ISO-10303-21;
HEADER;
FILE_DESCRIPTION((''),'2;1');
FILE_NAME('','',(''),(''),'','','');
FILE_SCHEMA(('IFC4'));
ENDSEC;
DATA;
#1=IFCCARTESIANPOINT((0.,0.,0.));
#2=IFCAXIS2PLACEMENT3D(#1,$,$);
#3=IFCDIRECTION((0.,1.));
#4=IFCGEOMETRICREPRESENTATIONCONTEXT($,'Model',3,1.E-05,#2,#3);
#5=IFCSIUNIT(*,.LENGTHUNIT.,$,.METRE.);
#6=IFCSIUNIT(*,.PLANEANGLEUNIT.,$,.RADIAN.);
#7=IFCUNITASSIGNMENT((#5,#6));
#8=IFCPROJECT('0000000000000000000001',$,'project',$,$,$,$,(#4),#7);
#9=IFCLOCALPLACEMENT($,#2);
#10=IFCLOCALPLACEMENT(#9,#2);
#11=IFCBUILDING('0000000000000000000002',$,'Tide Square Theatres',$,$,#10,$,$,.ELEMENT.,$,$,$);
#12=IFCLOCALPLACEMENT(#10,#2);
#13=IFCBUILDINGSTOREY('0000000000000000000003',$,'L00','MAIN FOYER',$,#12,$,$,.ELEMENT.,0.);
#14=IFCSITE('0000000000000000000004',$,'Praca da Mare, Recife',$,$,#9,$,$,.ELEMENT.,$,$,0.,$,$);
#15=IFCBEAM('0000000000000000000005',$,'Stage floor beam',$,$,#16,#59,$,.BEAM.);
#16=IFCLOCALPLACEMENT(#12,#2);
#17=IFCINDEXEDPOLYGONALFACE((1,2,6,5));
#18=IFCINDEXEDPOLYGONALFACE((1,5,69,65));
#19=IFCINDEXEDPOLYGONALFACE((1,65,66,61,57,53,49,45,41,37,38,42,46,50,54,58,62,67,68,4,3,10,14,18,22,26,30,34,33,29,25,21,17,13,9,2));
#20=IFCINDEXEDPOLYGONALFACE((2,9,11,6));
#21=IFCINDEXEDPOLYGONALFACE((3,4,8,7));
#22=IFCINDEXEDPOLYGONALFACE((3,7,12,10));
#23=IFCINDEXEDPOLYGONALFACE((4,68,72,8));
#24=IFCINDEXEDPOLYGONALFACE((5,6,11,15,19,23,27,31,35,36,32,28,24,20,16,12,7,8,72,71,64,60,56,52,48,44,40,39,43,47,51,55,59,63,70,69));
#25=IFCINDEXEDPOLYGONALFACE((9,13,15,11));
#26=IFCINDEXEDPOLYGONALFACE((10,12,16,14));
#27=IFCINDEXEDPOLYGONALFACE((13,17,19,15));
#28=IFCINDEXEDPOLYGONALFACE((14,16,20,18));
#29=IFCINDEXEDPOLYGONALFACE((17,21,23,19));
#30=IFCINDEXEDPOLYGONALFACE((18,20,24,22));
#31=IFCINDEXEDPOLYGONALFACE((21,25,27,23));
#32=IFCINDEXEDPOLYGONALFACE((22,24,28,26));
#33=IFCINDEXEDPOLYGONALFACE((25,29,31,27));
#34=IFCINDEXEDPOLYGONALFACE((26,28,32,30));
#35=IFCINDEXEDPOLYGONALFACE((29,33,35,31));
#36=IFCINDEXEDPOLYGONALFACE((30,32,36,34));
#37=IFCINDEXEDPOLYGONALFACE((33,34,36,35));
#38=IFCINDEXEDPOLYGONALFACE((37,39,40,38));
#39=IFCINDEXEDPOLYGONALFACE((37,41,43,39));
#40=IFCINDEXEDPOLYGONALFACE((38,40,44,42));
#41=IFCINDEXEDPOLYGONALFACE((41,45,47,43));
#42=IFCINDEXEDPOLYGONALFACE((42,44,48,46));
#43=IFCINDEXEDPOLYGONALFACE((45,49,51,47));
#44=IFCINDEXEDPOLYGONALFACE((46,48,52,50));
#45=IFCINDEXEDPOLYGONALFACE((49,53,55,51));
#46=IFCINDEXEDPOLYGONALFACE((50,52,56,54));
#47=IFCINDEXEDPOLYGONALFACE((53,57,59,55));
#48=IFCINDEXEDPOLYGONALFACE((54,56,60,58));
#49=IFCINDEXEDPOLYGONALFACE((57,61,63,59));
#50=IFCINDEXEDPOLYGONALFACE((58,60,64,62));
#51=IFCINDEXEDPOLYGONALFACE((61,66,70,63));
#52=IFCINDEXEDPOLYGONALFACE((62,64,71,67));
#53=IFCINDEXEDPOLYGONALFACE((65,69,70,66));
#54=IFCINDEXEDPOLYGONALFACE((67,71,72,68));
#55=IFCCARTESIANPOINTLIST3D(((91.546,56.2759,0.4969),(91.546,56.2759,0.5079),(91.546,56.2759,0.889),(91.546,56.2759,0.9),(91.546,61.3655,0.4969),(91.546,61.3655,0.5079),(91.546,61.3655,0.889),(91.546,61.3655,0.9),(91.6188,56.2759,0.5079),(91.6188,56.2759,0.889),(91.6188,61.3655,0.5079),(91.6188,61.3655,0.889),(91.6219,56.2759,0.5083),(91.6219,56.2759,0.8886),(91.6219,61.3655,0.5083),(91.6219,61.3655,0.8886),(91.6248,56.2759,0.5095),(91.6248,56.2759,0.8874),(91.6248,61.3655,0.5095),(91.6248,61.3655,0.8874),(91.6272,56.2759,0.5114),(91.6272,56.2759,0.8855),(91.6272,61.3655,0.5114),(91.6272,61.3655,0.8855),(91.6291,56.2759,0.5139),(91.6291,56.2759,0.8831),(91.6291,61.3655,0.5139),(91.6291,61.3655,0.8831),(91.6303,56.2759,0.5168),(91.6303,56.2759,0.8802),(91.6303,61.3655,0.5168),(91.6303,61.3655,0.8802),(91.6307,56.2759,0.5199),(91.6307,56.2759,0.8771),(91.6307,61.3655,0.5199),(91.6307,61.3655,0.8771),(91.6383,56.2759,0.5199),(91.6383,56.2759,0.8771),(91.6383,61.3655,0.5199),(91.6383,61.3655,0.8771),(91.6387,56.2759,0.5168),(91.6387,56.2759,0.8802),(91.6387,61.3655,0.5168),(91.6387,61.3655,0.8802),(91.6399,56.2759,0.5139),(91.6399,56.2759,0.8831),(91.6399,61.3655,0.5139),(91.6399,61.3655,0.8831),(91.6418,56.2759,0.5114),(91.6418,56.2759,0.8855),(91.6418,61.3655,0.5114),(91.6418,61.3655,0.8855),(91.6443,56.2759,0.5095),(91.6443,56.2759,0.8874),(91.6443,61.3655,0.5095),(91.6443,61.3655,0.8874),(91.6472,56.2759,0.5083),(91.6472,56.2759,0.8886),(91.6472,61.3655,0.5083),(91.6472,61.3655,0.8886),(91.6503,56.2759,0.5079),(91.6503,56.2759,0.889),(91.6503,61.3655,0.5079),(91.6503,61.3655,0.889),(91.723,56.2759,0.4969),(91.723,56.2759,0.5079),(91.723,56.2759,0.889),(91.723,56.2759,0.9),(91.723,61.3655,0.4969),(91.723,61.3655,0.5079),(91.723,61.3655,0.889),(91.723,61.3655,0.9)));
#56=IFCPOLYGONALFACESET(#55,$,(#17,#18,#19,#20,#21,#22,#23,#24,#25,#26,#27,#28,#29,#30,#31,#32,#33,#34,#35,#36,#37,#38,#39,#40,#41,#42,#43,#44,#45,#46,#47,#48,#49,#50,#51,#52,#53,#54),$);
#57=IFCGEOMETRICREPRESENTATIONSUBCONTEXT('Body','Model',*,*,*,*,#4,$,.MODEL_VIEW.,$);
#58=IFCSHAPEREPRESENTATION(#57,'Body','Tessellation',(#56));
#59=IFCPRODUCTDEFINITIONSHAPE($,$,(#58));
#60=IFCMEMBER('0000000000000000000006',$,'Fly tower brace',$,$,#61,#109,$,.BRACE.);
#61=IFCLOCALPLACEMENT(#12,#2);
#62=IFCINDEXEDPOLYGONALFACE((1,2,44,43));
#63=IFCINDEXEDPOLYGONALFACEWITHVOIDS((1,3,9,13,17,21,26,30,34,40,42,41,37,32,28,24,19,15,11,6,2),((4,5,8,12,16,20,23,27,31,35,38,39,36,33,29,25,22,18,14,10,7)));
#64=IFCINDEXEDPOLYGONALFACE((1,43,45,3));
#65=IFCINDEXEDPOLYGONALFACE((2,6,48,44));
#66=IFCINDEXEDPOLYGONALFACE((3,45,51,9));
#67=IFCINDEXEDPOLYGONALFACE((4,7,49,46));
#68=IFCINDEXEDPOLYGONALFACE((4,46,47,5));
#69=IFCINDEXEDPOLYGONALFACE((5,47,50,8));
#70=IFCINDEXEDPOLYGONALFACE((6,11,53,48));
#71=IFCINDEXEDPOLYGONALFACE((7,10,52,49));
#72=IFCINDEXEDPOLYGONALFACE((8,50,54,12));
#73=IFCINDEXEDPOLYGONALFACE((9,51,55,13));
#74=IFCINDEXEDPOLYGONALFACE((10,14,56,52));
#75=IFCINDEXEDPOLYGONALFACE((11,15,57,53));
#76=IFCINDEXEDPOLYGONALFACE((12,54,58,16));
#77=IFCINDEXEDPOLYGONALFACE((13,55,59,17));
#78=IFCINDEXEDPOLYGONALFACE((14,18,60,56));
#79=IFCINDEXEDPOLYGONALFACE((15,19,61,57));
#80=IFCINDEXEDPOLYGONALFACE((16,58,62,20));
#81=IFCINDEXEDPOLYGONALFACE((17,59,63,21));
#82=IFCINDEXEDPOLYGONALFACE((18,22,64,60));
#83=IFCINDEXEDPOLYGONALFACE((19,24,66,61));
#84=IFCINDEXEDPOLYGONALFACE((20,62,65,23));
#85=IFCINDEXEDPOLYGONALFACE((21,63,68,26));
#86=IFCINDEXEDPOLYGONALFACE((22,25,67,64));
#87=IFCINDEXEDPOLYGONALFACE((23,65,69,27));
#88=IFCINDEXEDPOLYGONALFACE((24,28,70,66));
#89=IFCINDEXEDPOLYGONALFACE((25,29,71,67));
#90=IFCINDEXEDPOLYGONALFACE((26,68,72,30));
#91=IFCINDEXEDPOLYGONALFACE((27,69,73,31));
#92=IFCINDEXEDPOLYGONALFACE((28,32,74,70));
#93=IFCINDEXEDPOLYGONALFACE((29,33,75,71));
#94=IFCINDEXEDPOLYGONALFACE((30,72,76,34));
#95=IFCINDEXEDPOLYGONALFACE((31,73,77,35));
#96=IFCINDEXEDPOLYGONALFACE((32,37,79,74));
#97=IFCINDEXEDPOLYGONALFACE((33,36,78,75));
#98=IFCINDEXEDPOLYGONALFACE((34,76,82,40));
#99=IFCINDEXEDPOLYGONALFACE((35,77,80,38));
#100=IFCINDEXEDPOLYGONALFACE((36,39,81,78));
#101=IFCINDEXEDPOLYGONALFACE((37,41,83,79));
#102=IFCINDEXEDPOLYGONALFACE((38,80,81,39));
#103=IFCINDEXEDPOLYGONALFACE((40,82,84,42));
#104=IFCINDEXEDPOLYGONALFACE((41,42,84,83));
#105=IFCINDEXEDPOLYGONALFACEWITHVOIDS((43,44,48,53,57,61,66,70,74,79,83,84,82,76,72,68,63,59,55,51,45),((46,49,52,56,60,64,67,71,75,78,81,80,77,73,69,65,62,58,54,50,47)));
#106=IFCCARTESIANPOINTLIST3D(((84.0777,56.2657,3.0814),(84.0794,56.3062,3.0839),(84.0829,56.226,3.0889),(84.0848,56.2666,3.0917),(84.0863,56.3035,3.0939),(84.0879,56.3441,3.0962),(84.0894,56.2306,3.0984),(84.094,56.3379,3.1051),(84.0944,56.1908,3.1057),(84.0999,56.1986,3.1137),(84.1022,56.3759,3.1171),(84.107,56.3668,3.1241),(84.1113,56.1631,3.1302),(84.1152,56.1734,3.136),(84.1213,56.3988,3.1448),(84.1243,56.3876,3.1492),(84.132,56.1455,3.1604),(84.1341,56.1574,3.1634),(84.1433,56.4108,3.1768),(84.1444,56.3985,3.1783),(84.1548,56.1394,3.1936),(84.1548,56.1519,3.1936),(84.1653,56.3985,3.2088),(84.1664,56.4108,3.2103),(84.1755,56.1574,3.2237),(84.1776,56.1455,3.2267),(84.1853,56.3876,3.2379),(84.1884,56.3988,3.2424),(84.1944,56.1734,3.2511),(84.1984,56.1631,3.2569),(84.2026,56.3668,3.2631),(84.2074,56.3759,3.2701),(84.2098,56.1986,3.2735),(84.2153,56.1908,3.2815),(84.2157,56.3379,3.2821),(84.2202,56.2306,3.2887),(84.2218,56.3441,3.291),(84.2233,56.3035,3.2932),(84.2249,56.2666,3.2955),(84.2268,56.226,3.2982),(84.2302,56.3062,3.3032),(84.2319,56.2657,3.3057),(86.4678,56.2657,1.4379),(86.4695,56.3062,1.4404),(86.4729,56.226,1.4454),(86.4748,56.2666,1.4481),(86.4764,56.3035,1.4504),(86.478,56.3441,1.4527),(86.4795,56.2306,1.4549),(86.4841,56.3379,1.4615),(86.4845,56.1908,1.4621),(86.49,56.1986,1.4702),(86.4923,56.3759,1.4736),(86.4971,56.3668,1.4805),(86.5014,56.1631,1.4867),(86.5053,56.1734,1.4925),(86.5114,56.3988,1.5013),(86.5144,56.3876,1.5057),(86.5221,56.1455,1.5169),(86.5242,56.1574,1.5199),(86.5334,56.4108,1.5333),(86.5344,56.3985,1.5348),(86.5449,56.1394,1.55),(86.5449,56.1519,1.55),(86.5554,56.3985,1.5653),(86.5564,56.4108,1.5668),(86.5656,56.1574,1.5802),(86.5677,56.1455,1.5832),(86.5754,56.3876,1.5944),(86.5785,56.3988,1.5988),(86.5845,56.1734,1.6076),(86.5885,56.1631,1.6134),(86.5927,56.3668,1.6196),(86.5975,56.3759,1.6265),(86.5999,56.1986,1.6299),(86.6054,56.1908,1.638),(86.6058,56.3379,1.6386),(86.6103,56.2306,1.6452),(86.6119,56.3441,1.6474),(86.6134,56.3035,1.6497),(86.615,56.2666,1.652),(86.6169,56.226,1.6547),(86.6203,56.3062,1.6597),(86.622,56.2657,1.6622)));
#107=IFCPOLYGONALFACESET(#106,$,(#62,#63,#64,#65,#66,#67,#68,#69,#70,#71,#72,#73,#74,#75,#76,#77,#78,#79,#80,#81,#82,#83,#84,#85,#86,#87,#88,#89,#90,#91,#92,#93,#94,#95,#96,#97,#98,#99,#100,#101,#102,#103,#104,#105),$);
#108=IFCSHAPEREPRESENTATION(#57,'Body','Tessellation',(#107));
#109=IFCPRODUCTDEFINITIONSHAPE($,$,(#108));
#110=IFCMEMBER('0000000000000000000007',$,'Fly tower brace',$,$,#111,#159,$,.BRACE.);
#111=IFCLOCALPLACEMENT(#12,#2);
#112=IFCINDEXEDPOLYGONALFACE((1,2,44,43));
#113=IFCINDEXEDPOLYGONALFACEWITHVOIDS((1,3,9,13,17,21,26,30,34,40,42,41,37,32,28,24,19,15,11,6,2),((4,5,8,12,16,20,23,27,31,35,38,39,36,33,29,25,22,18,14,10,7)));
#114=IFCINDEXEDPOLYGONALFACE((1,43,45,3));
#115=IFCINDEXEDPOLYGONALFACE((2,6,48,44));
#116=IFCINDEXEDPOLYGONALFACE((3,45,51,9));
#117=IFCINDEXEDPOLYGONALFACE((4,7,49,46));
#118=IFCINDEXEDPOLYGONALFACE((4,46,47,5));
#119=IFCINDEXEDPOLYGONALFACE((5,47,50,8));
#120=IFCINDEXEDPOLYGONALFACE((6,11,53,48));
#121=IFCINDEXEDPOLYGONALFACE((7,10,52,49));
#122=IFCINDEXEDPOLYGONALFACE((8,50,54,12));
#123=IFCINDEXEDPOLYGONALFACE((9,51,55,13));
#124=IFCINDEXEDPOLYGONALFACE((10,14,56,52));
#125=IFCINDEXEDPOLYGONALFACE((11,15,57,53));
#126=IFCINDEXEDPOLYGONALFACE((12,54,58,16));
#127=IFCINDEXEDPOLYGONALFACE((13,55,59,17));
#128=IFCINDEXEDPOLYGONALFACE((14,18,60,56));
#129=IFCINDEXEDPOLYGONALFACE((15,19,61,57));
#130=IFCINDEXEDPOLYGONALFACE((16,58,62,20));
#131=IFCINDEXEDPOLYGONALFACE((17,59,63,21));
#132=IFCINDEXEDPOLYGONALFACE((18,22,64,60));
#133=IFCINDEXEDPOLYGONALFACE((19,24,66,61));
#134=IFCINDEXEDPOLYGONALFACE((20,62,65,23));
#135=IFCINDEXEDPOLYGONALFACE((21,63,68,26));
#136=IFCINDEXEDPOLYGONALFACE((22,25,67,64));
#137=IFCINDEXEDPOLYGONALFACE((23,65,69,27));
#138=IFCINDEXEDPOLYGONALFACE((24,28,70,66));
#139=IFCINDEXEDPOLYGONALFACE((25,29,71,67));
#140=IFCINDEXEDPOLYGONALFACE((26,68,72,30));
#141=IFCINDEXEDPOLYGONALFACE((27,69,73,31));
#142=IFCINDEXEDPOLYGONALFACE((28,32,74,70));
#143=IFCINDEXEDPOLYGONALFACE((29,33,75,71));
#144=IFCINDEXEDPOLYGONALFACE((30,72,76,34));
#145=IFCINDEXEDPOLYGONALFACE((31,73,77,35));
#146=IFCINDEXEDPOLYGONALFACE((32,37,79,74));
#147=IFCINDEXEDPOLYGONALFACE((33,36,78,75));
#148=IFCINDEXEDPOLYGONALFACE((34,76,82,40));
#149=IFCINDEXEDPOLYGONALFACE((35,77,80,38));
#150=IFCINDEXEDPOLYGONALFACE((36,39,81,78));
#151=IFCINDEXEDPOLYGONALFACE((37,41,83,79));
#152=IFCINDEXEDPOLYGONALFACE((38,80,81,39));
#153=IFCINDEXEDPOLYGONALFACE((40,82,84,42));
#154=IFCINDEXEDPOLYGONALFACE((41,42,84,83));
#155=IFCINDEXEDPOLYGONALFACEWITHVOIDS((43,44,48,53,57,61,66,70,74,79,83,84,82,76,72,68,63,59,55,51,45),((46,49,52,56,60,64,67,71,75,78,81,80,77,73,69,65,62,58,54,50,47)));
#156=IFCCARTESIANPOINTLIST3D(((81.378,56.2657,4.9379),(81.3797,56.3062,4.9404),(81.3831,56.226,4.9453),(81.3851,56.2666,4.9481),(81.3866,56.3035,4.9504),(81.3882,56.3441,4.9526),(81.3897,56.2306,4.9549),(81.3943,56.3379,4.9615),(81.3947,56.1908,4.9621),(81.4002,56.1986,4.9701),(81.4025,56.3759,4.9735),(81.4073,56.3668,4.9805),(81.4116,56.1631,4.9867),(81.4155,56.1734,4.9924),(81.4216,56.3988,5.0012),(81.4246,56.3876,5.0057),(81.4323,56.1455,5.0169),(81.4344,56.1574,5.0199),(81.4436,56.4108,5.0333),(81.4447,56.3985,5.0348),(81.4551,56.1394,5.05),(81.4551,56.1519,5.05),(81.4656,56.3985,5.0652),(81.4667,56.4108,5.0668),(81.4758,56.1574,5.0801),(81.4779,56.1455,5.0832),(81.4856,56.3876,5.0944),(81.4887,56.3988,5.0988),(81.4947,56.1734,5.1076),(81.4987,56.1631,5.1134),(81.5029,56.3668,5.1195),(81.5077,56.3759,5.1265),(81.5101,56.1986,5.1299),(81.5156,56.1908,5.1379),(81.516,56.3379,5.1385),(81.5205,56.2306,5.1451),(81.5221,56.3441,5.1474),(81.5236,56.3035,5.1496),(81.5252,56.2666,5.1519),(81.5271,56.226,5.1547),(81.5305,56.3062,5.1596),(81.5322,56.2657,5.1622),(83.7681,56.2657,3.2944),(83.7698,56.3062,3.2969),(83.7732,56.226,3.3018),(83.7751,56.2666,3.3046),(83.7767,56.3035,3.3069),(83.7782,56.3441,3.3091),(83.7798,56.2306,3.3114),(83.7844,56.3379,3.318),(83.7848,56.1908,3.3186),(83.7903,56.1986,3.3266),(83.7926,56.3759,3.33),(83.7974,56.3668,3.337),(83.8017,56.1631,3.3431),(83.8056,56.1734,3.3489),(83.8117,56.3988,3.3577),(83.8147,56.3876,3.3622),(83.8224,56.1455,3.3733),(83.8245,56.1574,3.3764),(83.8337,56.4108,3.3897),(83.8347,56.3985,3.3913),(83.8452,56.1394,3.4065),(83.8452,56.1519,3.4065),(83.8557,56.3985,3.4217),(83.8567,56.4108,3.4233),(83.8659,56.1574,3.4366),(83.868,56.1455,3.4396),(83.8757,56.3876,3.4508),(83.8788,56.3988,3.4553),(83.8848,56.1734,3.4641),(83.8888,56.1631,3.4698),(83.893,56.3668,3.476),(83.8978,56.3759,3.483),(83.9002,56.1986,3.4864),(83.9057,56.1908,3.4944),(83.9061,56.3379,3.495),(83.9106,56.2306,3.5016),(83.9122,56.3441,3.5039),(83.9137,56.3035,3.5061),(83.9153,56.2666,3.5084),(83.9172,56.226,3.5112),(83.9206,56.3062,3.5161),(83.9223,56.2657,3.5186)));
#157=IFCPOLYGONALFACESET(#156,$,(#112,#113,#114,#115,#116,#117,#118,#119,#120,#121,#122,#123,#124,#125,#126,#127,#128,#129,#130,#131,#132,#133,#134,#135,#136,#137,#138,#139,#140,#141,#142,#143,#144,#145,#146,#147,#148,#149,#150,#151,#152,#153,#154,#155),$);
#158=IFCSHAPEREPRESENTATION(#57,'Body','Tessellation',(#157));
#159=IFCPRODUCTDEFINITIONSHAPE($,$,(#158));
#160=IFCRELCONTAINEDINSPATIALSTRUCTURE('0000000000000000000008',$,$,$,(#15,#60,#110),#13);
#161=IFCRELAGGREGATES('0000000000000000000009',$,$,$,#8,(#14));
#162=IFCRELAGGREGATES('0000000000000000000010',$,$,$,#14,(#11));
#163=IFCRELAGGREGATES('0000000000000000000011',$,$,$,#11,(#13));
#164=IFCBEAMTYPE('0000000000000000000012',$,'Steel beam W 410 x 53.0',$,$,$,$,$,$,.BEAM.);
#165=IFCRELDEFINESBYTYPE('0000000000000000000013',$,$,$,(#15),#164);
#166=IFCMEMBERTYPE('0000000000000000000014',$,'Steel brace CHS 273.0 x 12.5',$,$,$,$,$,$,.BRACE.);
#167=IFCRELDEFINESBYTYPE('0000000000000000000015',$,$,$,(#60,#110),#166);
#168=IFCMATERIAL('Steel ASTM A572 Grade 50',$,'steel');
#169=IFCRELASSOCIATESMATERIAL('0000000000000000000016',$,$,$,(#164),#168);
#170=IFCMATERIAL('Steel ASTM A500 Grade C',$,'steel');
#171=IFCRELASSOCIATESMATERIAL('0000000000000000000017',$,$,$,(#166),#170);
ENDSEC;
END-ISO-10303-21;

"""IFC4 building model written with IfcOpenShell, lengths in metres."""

from ifc_helpers import new_model, si_unit, direction, frame, origin, origin_2d, place, context, subcontext, project, spatial, hollow_circle, i_section, extrude, material, material_profile, profile_set, type_object, element, save


model = new_model("IFC4")

# Units and contexts
model_context = context("Model", 3, precision=1e-05, world=origin(), true_north=direction((0.0, 1.0)))
body_context = subcontext(model_context, "Body", "Model", "MODEL_VIEW")
ifc_project = project(units=[si_unit("LENGTHUNIT", "METRE"), si_unit("PLANEANGLEUNIT", "RADIAN")], contexts=[model_context])

# Site, building, storey
site_placement = place(None, origin())
site = spatial("IfcSite", under=ifc_project, at=site_placement, Name="Praca da Mare, Recife", CompositionType="ELEMENT", RefElevation=0.0)
building_placement = place(site_placement, origin())
building = spatial("IfcBuilding", under=site, at=building_placement, Name="Tide Square Theatres", CompositionType="ELEMENT")
storey_placement = place(building_placement, origin())
storey = spatial("IfcBuildingStorey", under=building, at=storey_placement, Name="L00", Description="MAIN FOYER", CompositionType="ELEMENT", Elevation=0.0)

# Beam
ifc_material_1 = material(Name="Steel ASTM A572 Grade 50", Category="steel")
ifc_material_profile_1 = material_profile(ifc_material_1, i_section(OverallWidth=0.177, OverallDepth=0.4031, WebThickness=0.0076, FlangeThickness=0.011, FilletRadius=0.012, at=origin_2d()))
ifc_profile_set_1 = profile_set([ifc_material_profile_1], Name="Steel ASTM A572 Grade 50")
beam_type = type_object("IfcBeamType", Name="Steel beam W 410 x 53.0", PredefinedType="BEAM", material=ifc_profile_set_1)
for number, where, z_axis, x_axis, name in (
    (1, (91.6345, 56.2759, 0.6985), (0.0, 1.0, 0.0), (-1.0, 0.0, 0.0), "Stage floor beam"),
):
    element("IfcBeam", number, at=place(storey_placement, frame(where, z_axis=z_axis, x_axis=x_axis)), inside=storey, type_object=beam_type, Name=name, PredefinedType="BEAM", context=body_context, shape_type="SweptSolid", body=[
        extrude(i_section(OverallWidth=0.177, OverallDepth=0.4031, WebThickness=0.0076, FlangeThickness=0.011, FilletRadius=0.012, at=origin_2d()), origin(), (0.0, 0.0, 1.0), 5.0896),
    ])

# Members
ifc_material_2 = material(Name="Steel ASTM A500 Grade C", Category="steel")
ifc_material_profile_2 = material_profile(ifc_material_2, hollow_circle(Radius=0.1365, WallThickness=0.0125, at=origin_2d()))
ifc_profile_set_2 = profile_set([ifc_material_profile_2], Name="Steel ASTM A500 Grade C")
member_type = type_object("IfcMemberType", Name="Steel brace CHS 273.0 x 12.5", PredefinedType="BRACE", material=ifc_profile_set_2)
for number, where, z_axis, x_axis, name in (
    (2, (86.5449, 56.2759, 1.55), (-0.823988, 0.0, 0.566607), (0.0, -1.0, 0.0), "Fly tower brace"),
    (3, (83.8452, 56.2759, 3.4065), (-0.823988, 0.0, 0.566607), (0.0, -1.0, 0.0), "Fly tower brace"),
):
    element("IfcMember", number, at=place(storey_placement, frame(where, z_axis=z_axis, x_axis=x_axis)), inside=storey, type_object=member_type, Name=name, PredefinedType="BRACE", context=body_context, shape_type="SweptSolid", body=[
        extrude(hollow_circle(Radius=0.1365, WallThickness=0.0125, at=origin_2d()), origin(), (0.0, 0.0, 1.0), 2.9006),
    ])

save(model, "model.ifc")
